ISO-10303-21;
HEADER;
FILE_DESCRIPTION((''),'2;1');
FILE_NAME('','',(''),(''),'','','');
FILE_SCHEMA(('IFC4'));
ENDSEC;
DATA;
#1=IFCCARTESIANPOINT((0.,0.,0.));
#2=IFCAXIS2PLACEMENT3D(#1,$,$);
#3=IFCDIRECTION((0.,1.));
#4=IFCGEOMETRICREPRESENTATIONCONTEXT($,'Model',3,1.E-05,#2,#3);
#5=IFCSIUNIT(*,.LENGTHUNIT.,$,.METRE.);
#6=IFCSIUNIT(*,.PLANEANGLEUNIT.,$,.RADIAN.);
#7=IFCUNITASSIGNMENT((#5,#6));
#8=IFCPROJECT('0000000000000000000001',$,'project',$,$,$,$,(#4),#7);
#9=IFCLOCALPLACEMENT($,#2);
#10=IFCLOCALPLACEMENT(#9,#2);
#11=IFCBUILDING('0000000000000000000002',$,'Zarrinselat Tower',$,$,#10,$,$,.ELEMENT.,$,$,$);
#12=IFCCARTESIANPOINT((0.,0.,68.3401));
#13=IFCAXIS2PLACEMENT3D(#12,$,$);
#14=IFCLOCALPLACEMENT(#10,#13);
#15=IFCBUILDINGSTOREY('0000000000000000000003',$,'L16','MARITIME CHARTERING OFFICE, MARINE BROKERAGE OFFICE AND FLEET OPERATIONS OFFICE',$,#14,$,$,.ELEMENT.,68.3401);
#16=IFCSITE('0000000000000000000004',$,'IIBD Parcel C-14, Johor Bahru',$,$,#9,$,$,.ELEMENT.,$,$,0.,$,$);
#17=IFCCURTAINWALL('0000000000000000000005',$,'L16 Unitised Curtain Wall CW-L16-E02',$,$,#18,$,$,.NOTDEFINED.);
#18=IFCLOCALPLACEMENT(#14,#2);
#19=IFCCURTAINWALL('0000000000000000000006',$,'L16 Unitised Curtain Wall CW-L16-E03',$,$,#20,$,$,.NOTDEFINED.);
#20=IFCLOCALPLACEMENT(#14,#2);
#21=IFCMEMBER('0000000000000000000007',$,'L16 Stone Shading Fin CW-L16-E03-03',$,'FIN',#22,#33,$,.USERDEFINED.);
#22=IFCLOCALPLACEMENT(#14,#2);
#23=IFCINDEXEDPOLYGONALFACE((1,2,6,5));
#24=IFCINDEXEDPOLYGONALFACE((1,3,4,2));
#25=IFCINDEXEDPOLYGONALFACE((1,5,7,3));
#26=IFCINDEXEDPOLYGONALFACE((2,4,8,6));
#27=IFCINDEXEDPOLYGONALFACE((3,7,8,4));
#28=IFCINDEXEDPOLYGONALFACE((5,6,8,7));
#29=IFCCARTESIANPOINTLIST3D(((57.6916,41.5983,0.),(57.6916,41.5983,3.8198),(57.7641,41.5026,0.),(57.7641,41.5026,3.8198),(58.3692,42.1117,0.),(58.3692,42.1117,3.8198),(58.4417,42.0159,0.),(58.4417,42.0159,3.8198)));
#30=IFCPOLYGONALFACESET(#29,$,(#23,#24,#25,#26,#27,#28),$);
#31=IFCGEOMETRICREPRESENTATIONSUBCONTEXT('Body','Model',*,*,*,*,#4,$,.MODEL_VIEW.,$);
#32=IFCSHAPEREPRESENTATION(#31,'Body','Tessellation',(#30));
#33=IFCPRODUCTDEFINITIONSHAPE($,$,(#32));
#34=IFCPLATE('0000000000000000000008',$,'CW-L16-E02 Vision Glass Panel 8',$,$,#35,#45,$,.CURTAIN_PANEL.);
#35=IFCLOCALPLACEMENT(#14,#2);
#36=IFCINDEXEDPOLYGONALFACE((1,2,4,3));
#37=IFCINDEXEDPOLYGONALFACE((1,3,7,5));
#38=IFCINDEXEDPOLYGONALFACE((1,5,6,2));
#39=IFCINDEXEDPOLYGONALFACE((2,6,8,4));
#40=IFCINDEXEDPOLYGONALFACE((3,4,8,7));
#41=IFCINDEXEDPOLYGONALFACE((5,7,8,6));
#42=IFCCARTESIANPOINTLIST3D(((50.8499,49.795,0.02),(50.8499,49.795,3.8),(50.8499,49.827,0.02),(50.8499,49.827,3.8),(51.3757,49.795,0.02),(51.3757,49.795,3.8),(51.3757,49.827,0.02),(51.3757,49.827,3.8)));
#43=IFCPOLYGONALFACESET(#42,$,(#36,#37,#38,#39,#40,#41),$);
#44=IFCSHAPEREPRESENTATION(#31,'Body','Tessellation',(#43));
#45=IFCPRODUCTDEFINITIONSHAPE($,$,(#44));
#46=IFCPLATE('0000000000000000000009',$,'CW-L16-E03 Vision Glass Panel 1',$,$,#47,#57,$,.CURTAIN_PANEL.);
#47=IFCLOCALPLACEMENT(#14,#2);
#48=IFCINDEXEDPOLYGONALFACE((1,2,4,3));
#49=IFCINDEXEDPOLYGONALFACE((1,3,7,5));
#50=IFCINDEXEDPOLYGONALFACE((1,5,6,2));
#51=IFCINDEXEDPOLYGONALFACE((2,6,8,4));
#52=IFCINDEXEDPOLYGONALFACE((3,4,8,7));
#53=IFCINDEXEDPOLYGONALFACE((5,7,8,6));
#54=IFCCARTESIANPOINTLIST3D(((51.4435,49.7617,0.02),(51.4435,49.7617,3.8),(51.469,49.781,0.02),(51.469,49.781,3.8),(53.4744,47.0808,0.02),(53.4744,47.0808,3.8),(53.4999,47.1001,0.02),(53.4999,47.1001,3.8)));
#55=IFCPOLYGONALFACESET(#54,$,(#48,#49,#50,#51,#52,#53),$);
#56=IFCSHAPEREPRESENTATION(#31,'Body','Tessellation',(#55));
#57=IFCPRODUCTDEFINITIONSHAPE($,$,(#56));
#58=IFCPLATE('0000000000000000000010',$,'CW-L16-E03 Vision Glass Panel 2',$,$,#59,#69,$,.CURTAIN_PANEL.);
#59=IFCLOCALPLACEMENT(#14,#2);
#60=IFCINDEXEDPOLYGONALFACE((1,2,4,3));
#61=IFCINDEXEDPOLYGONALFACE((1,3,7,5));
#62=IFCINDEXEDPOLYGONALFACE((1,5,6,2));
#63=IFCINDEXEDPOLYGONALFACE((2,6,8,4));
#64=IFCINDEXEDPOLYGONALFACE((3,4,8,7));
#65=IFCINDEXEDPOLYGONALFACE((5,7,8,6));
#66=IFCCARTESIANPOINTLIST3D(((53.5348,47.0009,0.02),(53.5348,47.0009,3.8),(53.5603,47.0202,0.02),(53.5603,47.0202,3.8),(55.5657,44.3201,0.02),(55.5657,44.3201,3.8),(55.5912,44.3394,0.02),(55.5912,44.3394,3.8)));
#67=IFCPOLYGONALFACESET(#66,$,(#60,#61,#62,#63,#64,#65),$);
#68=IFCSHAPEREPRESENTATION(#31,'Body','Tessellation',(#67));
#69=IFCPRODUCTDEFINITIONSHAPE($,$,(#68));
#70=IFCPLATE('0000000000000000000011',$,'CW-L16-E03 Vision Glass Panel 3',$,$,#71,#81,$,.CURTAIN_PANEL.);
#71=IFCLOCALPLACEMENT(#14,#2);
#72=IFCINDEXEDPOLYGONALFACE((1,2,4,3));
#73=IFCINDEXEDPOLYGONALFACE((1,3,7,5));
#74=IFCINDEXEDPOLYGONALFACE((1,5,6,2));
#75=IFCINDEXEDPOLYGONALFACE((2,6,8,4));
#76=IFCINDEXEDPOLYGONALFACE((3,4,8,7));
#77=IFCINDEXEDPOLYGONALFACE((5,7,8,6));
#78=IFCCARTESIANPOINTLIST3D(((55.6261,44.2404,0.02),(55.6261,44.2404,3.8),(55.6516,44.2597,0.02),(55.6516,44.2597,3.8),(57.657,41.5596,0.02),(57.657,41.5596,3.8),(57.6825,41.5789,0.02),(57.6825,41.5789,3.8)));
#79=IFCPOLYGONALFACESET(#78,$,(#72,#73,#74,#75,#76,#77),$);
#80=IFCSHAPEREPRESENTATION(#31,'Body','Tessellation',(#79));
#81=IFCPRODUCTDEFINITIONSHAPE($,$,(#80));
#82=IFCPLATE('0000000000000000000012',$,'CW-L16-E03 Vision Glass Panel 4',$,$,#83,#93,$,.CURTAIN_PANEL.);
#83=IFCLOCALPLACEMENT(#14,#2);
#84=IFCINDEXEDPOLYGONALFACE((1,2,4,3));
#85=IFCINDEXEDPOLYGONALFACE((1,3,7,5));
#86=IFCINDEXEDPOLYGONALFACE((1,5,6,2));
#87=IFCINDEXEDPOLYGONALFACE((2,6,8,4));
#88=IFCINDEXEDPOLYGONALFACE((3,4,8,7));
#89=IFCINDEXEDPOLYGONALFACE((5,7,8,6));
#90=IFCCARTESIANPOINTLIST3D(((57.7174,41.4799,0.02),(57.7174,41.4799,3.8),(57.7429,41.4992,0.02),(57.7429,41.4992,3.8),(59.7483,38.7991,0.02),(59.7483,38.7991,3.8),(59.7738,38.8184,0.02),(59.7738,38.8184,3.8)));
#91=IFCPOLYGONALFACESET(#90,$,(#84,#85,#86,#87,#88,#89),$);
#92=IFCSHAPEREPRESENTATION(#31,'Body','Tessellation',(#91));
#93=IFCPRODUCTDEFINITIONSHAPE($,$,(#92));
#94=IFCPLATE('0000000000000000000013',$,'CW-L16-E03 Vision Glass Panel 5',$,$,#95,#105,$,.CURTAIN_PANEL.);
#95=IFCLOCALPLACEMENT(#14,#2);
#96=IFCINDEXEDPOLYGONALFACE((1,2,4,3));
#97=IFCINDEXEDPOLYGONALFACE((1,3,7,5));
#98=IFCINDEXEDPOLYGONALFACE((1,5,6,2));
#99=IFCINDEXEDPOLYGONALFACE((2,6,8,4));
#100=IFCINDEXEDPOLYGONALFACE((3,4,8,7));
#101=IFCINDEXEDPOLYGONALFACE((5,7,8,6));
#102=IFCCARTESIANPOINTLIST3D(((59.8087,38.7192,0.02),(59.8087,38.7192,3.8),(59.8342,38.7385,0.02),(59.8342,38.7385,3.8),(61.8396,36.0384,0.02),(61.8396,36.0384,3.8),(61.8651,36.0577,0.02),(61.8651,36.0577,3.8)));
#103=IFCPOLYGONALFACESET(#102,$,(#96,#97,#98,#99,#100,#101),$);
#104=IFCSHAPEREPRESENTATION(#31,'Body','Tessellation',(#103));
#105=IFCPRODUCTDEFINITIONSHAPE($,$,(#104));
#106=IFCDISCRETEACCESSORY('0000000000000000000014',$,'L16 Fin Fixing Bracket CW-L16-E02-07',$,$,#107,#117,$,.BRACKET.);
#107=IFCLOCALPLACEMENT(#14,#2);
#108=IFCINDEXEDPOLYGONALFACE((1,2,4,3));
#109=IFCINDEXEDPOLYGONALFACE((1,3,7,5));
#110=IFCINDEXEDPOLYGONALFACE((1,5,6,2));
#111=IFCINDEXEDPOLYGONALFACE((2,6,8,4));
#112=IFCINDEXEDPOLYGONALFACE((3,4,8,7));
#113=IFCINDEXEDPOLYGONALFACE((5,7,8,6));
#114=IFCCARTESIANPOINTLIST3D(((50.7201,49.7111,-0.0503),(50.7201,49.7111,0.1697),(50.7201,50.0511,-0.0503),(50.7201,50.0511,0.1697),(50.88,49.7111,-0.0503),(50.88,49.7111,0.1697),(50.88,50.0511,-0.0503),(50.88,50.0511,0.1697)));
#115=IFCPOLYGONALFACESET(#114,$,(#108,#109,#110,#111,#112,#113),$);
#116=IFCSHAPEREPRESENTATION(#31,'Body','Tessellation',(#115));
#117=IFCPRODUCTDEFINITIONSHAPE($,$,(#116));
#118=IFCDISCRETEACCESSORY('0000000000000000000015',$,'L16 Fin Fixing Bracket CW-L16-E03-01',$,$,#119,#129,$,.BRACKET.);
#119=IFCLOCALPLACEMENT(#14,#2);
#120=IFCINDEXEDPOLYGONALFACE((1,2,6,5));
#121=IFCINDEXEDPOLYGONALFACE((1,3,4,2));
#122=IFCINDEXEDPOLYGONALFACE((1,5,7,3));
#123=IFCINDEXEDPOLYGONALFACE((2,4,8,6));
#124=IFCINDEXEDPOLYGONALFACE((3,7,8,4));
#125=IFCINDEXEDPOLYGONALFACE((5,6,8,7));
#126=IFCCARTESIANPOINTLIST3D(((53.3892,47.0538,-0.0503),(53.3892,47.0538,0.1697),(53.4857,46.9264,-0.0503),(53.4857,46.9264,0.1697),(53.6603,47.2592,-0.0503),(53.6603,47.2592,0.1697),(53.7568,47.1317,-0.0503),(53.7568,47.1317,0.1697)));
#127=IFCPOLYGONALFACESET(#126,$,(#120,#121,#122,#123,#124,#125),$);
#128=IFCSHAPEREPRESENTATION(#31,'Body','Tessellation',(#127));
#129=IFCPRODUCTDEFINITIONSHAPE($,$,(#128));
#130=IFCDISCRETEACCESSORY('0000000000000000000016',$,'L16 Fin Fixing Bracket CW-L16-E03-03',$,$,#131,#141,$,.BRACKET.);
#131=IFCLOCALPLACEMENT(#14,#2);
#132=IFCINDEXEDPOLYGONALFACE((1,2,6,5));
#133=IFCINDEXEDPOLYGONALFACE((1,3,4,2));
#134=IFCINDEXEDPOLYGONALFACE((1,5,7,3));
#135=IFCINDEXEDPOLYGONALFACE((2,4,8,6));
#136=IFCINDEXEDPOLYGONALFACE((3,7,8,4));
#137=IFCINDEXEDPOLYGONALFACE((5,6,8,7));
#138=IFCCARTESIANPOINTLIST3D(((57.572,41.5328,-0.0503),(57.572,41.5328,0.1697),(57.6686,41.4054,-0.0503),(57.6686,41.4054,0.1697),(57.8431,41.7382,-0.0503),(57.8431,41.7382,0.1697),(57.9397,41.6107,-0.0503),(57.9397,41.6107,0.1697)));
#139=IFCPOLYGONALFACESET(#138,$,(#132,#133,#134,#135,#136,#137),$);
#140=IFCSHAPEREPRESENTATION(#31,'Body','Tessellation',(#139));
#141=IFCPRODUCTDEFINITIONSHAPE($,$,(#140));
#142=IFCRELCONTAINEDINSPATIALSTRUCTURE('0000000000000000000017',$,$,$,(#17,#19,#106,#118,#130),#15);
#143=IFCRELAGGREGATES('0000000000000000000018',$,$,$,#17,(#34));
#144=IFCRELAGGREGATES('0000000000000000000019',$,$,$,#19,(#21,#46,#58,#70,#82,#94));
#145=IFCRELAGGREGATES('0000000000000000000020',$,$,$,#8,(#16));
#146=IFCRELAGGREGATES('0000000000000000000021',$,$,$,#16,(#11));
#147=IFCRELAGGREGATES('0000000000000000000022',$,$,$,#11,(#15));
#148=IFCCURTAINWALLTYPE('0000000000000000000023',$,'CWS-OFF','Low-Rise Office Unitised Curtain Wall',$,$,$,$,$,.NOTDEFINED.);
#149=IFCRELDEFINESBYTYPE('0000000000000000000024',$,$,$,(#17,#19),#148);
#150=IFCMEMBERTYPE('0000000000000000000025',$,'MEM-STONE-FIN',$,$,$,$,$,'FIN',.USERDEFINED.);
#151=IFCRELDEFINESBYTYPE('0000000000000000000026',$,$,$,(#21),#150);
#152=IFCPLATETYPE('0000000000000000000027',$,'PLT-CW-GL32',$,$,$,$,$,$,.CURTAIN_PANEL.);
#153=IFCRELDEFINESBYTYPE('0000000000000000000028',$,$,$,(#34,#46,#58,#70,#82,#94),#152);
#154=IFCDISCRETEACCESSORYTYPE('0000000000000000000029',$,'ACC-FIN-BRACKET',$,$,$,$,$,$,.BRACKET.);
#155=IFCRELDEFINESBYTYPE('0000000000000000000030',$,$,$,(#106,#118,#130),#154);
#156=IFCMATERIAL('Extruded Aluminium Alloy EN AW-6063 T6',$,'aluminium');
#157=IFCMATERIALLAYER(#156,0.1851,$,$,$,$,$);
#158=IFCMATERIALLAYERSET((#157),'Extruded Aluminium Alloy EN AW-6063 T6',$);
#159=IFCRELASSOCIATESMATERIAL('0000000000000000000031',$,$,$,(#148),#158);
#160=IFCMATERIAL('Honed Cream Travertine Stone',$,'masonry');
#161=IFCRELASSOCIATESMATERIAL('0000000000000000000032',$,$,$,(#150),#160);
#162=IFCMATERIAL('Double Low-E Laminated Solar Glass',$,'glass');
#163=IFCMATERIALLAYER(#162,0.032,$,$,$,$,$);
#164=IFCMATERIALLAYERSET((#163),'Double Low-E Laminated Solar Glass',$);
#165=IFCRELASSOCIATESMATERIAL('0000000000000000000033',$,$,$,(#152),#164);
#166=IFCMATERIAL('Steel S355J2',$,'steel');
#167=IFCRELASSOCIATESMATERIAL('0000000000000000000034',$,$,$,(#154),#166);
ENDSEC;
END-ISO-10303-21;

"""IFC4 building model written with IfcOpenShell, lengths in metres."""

from ifc_helpers import new_model, si_unit, direction, frame, origin, origin_2d, place, context, subcontext, project, spatial, rectangle, extrude, material, layer, layer_set, material_profile, profile_set, type_object, element, aggregate, save


model = new_model("IFC4")

# Units and contexts
model_context = context("Model", 3, precision=1e-05, world=origin(), true_north=direction((0.0, 1.0)))
body_context = subcontext(model_context, "Body", "Model", "MODEL_VIEW")
ifc_project = project(units=[si_unit("LENGTHUNIT", "METRE"), si_unit("PLANEANGLEUNIT", "RADIAN")], contexts=[model_context])

# Site, building, storey
site_placement = place(None, origin())
site = spatial("IfcSite", under=ifc_project, at=site_placement, Name="IIBD Parcel C-14, Johor Bahru", CompositionType="ELEMENT", RefElevation=0.0)
building_placement = place(site_placement, origin())
building = spatial("IfcBuilding", under=site, at=building_placement, Name="Zarrinselat Tower", CompositionType="ELEMENT")
storey_placement = place(building_placement, frame((0.0, 0.0, 68.3401)))
storey = spatial("IfcBuildingStorey", under=building, at=storey_placement, Name="L16", Description="MARITIME CHARTERING OFFICE, MARINE BROKERAGE OFFICE AND FLEET OPERATIONS OFFICE", CompositionType="ELEMENT", Elevation=68.3401)

# Curtain wall
ifc_material_1 = material(Name="Extruded Aluminium Alloy EN AW-6063 T6", Category="aluminium")
ifc_layer_1 = layer(ifc_material_1, 0.1851)
ifc_layer_set_1 = layer_set([ifc_layer_1], Name="Extruded Aluminium Alloy EN AW-6063 T6")
curtain_wall_type = type_object("IfcCurtainWallType", Name="CWS-OFF", Description="Low-Rise Office Unitised Curtain Wall", PredefinedType="NOTDEFINED", material=ifc_layer_set_1)
curtain_wall_1_placement = place(storey_placement, origin())
curtain_wall_1 = element("IfcCurtainWall", 1, at=curtain_wall_1_placement, inside=storey, type_object=curtain_wall_type, Name="L16 Unitised Curtain Wall CW-L16-E02", PredefinedType="NOTDEFINED")

# Curtain wall
curtain_wall_2_placement = place(storey_placement, origin())
curtain_wall_2 = element("IfcCurtainWall", 2, at=curtain_wall_2_placement, inside=storey, type_object=curtain_wall_type, Name="L16 Unitised Curtain Wall CW-L16-E03", PredefinedType="NOTDEFINED")

# Member
ifc_material_2 = material(Name="Honed Cream Travertine Stone", Category="masonry")
ifc_material_profile_1 = material_profile(ifc_material_2, rectangle(XDim=0.1201, YDim=0.8501, at=origin_2d()), Name="FIN 850x120")
ifc_profile_set_1 = profile_set([ifc_material_profile_1], Name="Honed Cream Travertine Stone")
member_type_1 = type_object("IfcMemberType", Name="MEM-STONE-FIN", ElementType="FIN", PredefinedType="USERDEFINED", material=ifc_profile_set_1)
member_1_placement = place(storey_placement, frame((58.0667, 41.8071, 0.0), z_axis=(0.0, 0.0, 1.0), x_axis=(0.60386, -0.797091, 0.0)))
member_1 = element("IfcMember", 3, at=member_1_placement, type_object=member_type_1, Name="L16 Stone Shading Fin CW-L16-E03-03", ObjectType="FIN", PredefinedType="USERDEFINED", context=body_context, shape_type="SweptSolid", body=[
    extrude(rectangle(XDim=0.1201, YDim=0.8501, at=origin_2d()), origin(), (0.0, 0.0, 1.0), 3.8198),
])

# Plates
ifc_material_3 = material(Name="Double Low-E Laminated Solar Glass", Category="glass")
ifc_layer_2 = layer(ifc_material_3, 0.032)
ifc_layer_set_2 = layer_set([ifc_layer_2], Name="Double Low-E Laminated Solar Glass")
plate_type = type_object("IfcPlateType", Name="PLT-CW-GL32", PredefinedType="CURTAIN_PANEL", material=ifc_layer_set_2)
plate_1_placement = place(storey_placement, frame((51.1128, 49.811, 0.02), z_axis=(0.0, 0.0, 1.0), x_axis=(1.0, 0.0, 0.0)))
plate_1 = element("IfcPlate", 4, at=plate_1_placement, type_object=plate_type, Name="CW-L16-E02 Vision Glass Panel 8", PredefinedType="CURTAIN_PANEL", context=body_context, shape_type="SweptSolid", body=[
    extrude(rectangle(XDim=0.5259, YDim=0.032, at=origin_2d()), origin(), (0.0, 0.0, 1.0), 3.78),
])
aggregate(curtain_wall_1, [plate_1])
plate_2_placement = place(storey_placement, frame((52.4717, 48.4309, 0.02), z_axis=(0.0, 0.0, 1.0), x_axis=(0.60386, -0.797091, 0.0)))
plate_2 = element("IfcPlate", 5, at=plate_2_placement, type_object=plate_type, Name="CW-L16-E03 Vision Glass Panel 1", PredefinedType="CURTAIN_PANEL", context=body_context, shape_type="SweptSolid", body=[
    extrude(rectangle(XDim=3.3633, YDim=0.032, at=origin_2d()), origin(), (0.0, 0.0, 1.0), 3.78),
])
plate_3_placement = place(storey_placement, frame((54.563, 45.6702, 0.02), z_axis=(0.0, 0.0, 1.0), x_axis=(0.60386, -0.797091, 0.0)))
plate_3 = element("IfcPlate", 6, at=plate_3_placement, type_object=plate_type, Name="CW-L16-E03 Vision Glass Panel 2", PredefinedType="CURTAIN_PANEL", context=body_context, shape_type="SweptSolid", body=[
    extrude(rectangle(XDim=3.3633, YDim=0.032, at=origin_2d()), origin(), (0.0, 0.0, 1.0), 3.78),
])
plate_4_placement = place(storey_placement, frame((56.6543, 42.9097, 0.02), z_axis=(0.0, 0.0, 1.0), x_axis=(0.60386, -0.797091, 0.0)))
plate_4 = element("IfcPlate", 7, at=plate_4_placement, type_object=plate_type, Name="CW-L16-E03 Vision Glass Panel 3", PredefinedType="CURTAIN_PANEL", context=body_context, shape_type="SweptSolid", body=[
    extrude(rectangle(XDim=3.3633, YDim=0.032, at=origin_2d()), origin(), (0.0, 0.0, 1.0), 3.78),
])
plate_5_placement = place(storey_placement, frame((58.7456, 40.1492, 0.02), z_axis=(0.0, 0.0, 1.0), x_axis=(0.60386, -0.797091, 0.0)))
plate_5 = element("IfcPlate", 8, at=plate_5_placement, type_object=plate_type, Name="CW-L16-E03 Vision Glass Panel 4", PredefinedType="CURTAIN_PANEL", context=body_context, shape_type="SweptSolid", body=[
    extrude(rectangle(XDim=3.3633, YDim=0.032, at=origin_2d()), origin(), (0.0, 0.0, 1.0), 3.78),
])
plate_6_placement = place(storey_placement, frame((60.8369, 37.3884, 0.02), z_axis=(0.0, 0.0, 1.0), x_axis=(0.60386, -0.797091, 0.0)))
plate_6 = element("IfcPlate", 9, at=plate_6_placement, type_object=plate_type, Name="CW-L16-E03 Vision Glass Panel 5", PredefinedType="CURTAIN_PANEL", context=body_context, shape_type="SweptSolid", body=[
    extrude(rectangle(XDim=3.3633, YDim=0.032, at=origin_2d()), origin(), (0.0, 0.0, 1.0), 3.78),
])
aggregate(curtain_wall_2, [member_1, plate_2, plate_3, plate_4, plate_5, plate_6])

# Discrete accessories
ifc_material_4 = material(Name="Steel S355J2", Category="steel")
discrete_accessory_type = type_object("IfcDiscreteAccessoryType", Name="ACC-FIN-BRACKET", PredefinedType="BRACKET", material=ifc_material_4)
for number, where, z_axis, x_axis, name in (
    (10, (50.8, 49.8811, -0.0503), (0.0, 0.0, 1.0), (0.0, 1.0, 0.0), "L16 Fin Fixing Bracket CW-L16-E02-07"),
    (11, (53.573, 47.0928, -0.0503), (0.0, 0.0, 1.0), (0.797091, 0.60386, 0.0), "L16 Fin Fixing Bracket CW-L16-E03-01"),
    (12, (57.7559, 41.5718, -0.0503), (0.0, 0.0, 1.0), (0.797091, 0.60386, 0.0), "L16 Fin Fixing Bracket CW-L16-E03-03"),
):
    element("IfcDiscreteAccessory", number, at=place(storey_placement, frame(where, z_axis=z_axis, x_axis=x_axis)), inside=storey, type_object=discrete_accessory_type, Name=name, PredefinedType="BRACKET", context=body_context, shape_type="SweptSolid", body=[
        extrude(rectangle(XDim=0.3401, YDim=0.1599, at=origin_2d()), origin(), (0.0, 0.0, 1.0), 0.22),
    ])

save(model, "model.ifc")
